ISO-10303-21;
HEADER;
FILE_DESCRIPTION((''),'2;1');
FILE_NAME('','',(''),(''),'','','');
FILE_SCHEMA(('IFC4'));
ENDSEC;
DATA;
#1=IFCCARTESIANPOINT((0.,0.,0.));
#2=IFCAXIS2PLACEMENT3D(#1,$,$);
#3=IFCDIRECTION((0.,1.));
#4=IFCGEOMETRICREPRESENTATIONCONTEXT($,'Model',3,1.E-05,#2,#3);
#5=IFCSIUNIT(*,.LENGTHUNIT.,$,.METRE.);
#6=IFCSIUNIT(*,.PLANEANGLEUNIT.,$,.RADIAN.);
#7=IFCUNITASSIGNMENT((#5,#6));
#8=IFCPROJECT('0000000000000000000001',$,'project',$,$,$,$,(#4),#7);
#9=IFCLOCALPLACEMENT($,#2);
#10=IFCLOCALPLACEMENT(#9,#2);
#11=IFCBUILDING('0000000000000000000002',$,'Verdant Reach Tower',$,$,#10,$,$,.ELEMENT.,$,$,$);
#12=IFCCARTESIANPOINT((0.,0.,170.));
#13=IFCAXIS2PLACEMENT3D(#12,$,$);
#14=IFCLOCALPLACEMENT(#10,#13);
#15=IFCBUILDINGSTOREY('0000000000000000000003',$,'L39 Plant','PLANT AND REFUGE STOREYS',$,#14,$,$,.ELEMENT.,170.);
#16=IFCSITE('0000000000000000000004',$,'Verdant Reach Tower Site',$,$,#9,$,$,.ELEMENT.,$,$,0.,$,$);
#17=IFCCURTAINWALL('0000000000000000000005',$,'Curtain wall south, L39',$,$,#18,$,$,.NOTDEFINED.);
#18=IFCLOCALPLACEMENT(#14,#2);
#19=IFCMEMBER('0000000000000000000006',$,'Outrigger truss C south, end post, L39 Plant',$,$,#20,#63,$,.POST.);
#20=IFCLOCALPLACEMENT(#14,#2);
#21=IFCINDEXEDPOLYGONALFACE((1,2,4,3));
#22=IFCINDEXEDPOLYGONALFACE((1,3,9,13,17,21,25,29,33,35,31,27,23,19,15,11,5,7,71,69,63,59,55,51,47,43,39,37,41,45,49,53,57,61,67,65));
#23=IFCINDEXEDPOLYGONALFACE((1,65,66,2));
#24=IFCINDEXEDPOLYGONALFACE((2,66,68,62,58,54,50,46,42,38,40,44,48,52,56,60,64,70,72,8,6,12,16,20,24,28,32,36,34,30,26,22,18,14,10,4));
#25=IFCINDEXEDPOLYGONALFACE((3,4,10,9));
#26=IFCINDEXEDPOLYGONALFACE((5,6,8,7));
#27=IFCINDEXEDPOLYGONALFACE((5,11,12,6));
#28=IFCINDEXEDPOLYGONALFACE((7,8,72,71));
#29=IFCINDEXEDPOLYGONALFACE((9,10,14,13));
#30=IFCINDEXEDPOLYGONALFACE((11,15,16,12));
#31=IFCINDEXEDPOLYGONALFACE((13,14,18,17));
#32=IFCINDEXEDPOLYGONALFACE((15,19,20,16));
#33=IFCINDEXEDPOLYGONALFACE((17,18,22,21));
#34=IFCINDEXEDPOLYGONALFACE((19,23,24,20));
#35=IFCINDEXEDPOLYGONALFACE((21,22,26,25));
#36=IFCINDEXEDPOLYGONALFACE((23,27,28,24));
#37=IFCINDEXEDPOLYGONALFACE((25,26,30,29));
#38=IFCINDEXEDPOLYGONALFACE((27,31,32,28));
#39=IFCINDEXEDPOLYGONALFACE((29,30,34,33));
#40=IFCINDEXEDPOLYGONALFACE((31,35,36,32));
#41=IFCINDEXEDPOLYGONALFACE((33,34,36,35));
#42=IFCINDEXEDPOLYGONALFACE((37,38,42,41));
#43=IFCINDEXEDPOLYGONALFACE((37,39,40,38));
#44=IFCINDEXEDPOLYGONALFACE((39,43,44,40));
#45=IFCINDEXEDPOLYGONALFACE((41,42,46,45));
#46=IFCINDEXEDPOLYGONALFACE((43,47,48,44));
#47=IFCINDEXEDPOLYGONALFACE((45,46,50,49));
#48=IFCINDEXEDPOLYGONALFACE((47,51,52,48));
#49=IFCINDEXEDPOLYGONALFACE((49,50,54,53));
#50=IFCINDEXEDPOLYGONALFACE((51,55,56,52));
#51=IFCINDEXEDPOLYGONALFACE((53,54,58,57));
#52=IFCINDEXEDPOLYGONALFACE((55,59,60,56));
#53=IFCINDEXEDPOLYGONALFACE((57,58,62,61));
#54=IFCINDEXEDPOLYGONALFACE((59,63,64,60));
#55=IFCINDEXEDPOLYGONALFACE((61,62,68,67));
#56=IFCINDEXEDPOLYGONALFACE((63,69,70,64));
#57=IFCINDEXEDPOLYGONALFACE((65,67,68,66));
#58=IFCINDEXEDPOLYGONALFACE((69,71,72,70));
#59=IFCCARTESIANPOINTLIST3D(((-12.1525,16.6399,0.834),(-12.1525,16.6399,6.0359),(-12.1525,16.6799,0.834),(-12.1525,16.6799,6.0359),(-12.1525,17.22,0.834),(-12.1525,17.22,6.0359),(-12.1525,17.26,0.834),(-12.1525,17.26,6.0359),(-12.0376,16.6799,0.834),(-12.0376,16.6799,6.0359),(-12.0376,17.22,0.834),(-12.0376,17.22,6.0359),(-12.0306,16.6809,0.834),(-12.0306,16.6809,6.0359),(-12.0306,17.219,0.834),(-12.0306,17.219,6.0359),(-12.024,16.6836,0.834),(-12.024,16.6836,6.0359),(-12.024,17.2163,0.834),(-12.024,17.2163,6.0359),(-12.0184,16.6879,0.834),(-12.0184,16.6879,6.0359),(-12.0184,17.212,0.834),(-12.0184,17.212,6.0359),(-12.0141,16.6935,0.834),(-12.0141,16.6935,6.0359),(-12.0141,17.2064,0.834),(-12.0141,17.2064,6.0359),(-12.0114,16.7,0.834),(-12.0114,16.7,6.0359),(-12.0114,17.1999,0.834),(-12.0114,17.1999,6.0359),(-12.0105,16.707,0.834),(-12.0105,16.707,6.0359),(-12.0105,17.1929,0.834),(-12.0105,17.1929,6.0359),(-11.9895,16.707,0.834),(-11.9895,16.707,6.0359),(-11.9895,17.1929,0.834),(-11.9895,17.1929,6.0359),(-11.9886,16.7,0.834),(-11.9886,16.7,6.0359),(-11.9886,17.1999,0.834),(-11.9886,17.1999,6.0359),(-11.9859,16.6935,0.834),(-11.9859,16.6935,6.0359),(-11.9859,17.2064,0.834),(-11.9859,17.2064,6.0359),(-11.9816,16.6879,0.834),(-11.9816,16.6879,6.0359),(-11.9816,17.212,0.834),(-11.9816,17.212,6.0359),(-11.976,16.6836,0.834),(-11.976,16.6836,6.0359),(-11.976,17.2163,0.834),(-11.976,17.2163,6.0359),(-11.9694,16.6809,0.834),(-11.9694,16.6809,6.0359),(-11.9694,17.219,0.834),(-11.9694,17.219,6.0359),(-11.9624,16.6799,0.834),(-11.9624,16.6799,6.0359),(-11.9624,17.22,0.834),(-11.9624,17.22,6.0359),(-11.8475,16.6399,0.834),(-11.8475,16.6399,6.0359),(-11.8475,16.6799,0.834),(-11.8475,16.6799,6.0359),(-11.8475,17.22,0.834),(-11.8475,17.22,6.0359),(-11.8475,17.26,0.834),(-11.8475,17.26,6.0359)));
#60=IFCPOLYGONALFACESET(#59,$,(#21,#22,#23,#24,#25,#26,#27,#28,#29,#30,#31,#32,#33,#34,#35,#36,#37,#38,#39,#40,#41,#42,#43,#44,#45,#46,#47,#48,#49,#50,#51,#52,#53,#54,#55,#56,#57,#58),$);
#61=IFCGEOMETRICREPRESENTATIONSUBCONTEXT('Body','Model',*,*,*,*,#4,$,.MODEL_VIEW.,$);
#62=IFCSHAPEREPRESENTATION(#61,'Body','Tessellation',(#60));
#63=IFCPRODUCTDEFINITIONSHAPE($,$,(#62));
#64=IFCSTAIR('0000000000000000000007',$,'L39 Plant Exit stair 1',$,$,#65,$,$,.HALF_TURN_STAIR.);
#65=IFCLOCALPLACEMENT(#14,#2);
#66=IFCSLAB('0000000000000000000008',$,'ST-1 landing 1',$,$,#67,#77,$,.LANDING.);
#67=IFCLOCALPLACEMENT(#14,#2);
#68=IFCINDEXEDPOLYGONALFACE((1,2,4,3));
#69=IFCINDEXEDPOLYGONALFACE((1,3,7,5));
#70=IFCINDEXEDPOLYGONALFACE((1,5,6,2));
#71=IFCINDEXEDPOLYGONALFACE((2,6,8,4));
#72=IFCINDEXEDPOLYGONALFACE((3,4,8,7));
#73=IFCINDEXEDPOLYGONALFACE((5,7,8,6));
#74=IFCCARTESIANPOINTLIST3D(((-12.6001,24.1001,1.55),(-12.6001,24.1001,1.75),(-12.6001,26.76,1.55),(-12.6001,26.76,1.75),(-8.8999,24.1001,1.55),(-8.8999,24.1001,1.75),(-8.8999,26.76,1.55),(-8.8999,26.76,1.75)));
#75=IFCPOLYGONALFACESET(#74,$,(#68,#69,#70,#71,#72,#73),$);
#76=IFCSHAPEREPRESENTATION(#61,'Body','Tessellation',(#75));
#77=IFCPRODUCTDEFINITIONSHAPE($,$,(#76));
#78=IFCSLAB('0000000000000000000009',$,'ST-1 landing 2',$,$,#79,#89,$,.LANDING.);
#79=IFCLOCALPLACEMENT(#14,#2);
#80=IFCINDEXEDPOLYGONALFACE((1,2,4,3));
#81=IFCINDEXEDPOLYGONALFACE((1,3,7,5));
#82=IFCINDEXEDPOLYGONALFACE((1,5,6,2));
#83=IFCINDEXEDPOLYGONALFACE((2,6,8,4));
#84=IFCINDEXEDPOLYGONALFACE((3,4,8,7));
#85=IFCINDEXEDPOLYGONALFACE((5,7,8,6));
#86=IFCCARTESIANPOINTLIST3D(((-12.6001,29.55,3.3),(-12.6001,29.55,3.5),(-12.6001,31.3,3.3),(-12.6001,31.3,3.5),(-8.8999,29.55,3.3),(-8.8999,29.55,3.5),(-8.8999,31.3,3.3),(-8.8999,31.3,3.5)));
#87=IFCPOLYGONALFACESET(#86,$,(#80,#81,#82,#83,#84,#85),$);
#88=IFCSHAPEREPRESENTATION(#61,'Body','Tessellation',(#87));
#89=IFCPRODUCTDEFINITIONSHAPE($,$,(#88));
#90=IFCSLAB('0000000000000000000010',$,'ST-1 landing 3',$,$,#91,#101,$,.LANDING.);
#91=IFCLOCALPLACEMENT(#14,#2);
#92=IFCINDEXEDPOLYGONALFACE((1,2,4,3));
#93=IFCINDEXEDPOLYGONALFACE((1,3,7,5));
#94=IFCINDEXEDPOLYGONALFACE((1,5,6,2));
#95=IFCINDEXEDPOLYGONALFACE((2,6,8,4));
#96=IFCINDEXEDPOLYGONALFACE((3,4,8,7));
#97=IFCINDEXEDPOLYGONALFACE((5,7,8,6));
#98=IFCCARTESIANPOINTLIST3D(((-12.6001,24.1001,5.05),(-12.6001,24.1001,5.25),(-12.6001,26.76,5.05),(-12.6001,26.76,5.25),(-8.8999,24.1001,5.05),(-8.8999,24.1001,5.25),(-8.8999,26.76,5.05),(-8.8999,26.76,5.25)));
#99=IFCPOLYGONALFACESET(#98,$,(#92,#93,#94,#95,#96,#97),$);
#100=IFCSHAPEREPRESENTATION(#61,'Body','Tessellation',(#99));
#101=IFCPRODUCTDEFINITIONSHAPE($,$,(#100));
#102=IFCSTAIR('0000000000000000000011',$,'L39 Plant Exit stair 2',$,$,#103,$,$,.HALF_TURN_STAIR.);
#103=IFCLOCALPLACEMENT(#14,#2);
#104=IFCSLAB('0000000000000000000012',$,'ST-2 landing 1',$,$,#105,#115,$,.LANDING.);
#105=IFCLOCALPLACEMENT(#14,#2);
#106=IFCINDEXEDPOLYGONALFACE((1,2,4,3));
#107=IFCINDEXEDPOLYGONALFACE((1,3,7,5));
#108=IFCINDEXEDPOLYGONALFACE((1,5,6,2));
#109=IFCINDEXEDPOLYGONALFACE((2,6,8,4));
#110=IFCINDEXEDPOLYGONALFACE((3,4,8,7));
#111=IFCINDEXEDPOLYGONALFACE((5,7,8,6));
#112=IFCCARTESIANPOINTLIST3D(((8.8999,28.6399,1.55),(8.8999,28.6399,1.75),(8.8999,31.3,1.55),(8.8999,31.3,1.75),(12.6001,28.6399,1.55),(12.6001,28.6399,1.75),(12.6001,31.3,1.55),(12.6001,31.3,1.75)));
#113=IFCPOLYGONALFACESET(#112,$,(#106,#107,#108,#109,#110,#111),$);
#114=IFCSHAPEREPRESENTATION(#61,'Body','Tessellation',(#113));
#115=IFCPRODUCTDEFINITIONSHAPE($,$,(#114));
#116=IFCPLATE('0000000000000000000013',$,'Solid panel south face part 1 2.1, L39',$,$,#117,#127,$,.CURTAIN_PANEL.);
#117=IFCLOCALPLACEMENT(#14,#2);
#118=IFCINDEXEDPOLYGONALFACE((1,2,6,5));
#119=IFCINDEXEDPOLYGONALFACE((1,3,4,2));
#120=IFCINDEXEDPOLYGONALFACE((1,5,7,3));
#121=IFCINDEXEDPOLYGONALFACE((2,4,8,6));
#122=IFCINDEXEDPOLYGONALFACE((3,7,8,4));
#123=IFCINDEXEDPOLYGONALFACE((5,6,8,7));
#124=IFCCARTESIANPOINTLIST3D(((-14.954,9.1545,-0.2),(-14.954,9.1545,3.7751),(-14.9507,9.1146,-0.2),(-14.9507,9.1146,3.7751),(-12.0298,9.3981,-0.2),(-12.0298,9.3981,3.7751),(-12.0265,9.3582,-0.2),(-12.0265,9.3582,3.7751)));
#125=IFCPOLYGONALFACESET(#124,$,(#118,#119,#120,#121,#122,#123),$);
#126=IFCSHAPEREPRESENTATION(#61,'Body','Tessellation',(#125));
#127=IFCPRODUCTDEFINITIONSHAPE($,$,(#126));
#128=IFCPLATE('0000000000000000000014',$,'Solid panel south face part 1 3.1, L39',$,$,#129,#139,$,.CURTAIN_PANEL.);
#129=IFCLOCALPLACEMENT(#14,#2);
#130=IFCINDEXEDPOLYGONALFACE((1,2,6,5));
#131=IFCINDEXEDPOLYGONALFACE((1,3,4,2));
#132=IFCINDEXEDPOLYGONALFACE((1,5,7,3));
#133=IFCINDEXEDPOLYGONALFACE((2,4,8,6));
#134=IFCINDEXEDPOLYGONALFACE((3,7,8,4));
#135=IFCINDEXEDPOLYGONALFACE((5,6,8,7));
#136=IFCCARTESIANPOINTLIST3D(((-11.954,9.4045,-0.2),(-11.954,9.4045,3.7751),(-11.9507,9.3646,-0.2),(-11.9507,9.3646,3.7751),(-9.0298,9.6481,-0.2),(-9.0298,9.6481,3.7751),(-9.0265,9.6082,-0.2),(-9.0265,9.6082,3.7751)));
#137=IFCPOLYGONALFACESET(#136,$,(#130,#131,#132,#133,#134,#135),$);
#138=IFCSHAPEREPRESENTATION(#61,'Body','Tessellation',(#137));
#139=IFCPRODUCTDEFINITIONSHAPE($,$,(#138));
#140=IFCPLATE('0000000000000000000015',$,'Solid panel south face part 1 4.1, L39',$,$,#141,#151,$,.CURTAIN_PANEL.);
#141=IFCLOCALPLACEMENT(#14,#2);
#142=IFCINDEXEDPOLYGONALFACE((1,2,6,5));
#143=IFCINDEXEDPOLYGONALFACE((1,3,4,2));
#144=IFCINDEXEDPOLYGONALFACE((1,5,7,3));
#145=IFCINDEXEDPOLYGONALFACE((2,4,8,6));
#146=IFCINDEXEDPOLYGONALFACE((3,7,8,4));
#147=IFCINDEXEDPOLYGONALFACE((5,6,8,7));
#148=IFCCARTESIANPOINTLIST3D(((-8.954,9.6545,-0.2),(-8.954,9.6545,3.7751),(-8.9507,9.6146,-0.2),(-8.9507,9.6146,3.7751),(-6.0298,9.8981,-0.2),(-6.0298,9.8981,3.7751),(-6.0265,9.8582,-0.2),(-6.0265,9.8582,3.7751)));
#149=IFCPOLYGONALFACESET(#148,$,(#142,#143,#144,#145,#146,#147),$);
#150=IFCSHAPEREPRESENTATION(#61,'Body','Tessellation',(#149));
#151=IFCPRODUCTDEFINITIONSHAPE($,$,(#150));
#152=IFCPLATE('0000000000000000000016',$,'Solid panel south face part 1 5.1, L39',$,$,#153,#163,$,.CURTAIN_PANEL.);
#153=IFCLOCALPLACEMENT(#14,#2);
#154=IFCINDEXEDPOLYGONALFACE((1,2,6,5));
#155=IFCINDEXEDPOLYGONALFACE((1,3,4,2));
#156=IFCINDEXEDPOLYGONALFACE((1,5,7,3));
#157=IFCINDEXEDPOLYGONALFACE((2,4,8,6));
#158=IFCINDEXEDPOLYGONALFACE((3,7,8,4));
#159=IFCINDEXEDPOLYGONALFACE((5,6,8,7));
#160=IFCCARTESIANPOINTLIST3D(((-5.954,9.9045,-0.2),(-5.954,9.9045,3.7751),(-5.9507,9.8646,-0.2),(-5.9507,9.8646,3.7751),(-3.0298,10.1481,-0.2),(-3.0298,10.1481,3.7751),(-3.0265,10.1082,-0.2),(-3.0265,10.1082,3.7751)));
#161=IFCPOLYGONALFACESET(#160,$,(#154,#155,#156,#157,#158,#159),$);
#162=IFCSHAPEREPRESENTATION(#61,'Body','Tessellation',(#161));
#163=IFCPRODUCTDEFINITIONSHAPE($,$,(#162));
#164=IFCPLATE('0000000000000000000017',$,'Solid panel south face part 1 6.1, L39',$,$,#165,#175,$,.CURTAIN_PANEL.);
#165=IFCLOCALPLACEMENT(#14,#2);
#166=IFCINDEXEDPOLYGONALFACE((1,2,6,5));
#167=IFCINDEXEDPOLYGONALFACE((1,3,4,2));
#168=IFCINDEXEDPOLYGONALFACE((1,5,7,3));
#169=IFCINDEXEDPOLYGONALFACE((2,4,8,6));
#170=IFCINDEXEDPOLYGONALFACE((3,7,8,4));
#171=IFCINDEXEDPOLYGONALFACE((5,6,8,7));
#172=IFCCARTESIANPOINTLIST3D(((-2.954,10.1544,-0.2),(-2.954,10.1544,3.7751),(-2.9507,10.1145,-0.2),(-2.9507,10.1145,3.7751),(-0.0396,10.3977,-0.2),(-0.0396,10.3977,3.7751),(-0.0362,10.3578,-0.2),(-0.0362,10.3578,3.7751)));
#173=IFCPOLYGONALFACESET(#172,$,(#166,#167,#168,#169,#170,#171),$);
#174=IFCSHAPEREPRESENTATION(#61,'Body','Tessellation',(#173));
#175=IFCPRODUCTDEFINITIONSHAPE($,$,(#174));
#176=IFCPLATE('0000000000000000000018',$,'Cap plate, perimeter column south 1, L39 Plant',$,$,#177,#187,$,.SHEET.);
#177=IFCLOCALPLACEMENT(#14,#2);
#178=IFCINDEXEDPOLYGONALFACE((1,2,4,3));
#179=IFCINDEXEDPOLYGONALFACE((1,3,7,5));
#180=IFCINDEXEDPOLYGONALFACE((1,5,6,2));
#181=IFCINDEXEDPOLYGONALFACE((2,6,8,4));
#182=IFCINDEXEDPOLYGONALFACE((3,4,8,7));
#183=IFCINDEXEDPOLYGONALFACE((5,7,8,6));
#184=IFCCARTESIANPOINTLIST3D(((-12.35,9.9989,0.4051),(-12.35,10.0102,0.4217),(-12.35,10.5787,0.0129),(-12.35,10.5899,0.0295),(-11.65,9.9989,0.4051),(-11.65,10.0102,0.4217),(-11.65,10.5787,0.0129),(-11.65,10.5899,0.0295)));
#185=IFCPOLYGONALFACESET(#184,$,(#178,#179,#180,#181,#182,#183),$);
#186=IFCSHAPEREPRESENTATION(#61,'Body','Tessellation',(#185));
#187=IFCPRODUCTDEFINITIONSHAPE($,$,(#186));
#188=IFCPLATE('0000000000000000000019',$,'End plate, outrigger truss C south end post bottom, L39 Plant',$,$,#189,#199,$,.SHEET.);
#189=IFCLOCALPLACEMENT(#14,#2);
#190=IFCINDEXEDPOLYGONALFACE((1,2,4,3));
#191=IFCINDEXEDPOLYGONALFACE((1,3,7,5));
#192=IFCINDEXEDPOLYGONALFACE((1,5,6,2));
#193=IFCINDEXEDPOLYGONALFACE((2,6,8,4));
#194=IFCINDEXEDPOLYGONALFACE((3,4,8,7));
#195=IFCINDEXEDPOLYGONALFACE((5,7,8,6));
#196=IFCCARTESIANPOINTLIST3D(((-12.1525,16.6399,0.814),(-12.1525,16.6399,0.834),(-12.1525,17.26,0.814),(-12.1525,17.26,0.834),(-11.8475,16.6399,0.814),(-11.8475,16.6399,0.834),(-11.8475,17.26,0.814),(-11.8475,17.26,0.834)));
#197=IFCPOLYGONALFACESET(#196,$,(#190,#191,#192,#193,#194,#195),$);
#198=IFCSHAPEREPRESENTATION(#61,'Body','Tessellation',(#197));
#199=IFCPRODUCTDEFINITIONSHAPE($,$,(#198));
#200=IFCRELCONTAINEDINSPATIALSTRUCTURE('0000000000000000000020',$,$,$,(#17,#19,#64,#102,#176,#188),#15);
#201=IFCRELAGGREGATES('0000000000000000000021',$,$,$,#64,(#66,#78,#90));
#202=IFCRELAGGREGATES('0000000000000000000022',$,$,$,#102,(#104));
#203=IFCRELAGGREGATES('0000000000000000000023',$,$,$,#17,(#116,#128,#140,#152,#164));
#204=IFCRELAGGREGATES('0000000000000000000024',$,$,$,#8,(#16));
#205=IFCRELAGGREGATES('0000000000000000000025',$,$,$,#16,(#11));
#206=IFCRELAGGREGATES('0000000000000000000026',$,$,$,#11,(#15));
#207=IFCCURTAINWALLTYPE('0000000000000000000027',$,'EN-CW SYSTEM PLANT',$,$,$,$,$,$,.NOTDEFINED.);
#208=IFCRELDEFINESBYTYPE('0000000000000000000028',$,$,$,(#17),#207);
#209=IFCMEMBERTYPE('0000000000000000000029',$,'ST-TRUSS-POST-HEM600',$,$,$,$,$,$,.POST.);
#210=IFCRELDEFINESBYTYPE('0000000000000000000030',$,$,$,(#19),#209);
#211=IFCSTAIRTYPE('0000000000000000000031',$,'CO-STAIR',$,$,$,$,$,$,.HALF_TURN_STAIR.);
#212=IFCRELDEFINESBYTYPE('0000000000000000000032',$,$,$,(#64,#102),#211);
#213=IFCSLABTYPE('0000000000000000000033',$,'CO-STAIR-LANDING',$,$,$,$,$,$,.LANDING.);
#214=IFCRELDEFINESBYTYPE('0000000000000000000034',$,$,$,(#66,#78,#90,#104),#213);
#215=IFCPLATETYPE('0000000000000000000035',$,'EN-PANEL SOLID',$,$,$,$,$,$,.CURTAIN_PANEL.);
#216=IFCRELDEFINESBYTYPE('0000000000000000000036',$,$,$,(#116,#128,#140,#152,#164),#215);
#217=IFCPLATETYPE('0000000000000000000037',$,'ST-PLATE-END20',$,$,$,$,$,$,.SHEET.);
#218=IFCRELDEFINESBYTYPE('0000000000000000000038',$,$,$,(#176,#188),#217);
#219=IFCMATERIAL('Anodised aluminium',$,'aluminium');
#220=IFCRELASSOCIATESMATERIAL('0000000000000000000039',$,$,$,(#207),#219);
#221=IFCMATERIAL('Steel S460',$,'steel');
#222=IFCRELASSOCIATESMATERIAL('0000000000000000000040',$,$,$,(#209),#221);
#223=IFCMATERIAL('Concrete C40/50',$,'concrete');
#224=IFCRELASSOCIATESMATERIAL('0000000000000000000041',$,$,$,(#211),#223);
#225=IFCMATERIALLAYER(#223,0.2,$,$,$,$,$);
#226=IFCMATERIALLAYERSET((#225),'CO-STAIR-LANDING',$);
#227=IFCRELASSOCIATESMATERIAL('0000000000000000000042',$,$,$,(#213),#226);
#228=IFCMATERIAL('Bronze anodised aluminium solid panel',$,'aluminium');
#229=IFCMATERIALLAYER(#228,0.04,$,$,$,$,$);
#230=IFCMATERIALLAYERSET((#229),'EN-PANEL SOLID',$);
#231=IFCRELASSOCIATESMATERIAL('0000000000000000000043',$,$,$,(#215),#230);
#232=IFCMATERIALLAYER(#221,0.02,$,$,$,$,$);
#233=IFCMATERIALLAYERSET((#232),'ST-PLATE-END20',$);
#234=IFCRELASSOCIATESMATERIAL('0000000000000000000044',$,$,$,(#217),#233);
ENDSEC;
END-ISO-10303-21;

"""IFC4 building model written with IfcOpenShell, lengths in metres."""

from ifc_helpers import new_model, si_unit, direction, frame, origin, origin_2d, place, context, subcontext, project, spatial, polyline, rectangle, i_section, outline, extrude, material, layer, layer_set, material_profile, profile_set, type_object, element, aggregate, save


model = new_model("IFC4")

# Units and contexts
model_context = context("Model", 3, precision=1e-05, world=origin(), true_north=direction((0.0, 1.0)))
body_context = subcontext(model_context, "Body", "Model", "MODEL_VIEW")
ifc_project = project(units=[si_unit("LENGTHUNIT", "METRE"), si_unit("PLANEANGLEUNIT", "RADIAN")], contexts=[model_context])

# Site, building, storey
site_placement = place(None, origin())
site = spatial("IfcSite", under=ifc_project, at=site_placement, Name="Verdant Reach Tower Site", CompositionType="ELEMENT", RefElevation=0.0)
building_placement = place(site_placement, origin())
building = spatial("IfcBuilding", under=site, at=building_placement, Name="Verdant Reach Tower", CompositionType="ELEMENT")
storey_placement = place(building_placement, frame((0.0, 0.0, 170.0)))
storey = spatial("IfcBuildingStorey", under=building, at=storey_placement, Name="L39 Plant", Description="PLANT AND REFUGE STOREYS", CompositionType="ELEMENT", Elevation=170.0)

# Shared definitions
ifc_material_1 = material(Name="Steel S460", Category="steel")

# Curtain wall
ifc_material_2 = material(Name="Anodised aluminium", Category="aluminium")
curtain_wall_type = type_object("IfcCurtainWallType", Name="EN-CW SYSTEM PLANT", PredefinedType="NOTDEFINED", material=ifc_material_2)
curtain_wall_placement = place(storey_placement, origin())
curtain_wall = element("IfcCurtainWall", 1, at=curtain_wall_placement, inside=storey, type_object=curtain_wall_type, Name="Curtain wall south, L39", PredefinedType="NOTDEFINED")

# Member
ifc_material_profile_1 = material_profile(ifc_material_1, i_section(OverallWidth=0.3049, OverallDepth=0.6201, WebThickness=0.021, FlangeThickness=0.04, FilletRadius=0.0271, at=origin_2d()), Name="HEM 600")
ifc_profile_set_1 = profile_set([ifc_material_profile_1], Name="Steel S460")
member_type_1 = type_object("IfcMemberType", Name="ST-TRUSS-POST-HEM600", PredefinedType="POST", material=ifc_profile_set_1)
member_1_placement = place(storey_placement, frame((-12.0, 16.95, 0.834), z_axis=(0.0, 0.0, 1.0), x_axis=(1.0, 0.0, 0.0)))
element("IfcMember", 2, at=member_1_placement, inside=storey, type_object=member_type_1, Name="Outrigger truss C south, end post, L39 Plant", PredefinedType="POST", context=body_context, shape_type="SweptSolid", body=[
    extrude(i_section(OverallWidth=0.3049, OverallDepth=0.6201, WebThickness=0.021, FlangeThickness=0.04, FilletRadius=0.0271, at=origin_2d()), origin(), (0.0, 0.0, 1.0), 5.2019),
])

# Stair, slabs
ifc_material_3 = material(Name="Concrete C40/50", Category="concrete")
stair_type = type_object("IfcStairType", Name="CO-STAIR", PredefinedType="HALF_TURN_STAIR", material=ifc_material_3)
stair_1_placement = place(storey_placement, origin())
stair_1 = element("IfcStair", 3, at=stair_1_placement, inside=storey, type_object=stair_type, Name="L39 Plant Exit stair 1", PredefinedType="HALF_TURN_STAIR")
ifc_layer_1 = layer(ifc_material_3, 0.2)
ifc_layer_set_1 = layer_set([ifc_layer_1], Name="CO-STAIR-LANDING")
slab_type_1 = type_object("IfcSlabType", Name="CO-STAIR-LANDING", PredefinedType="LANDING", material=ifc_layer_set_1)
slab_1_placement = place(storey_placement, frame((0.0, 0.0, 1.55)))
slab_1 = element("IfcSlab", 4, at=slab_1_placement, type_object=slab_type_1, Name="ST-1 landing 1", PredefinedType="LANDING", context=body_context, shape_type="SweptSolid", body=[
    extrude(outline(polyline([(-12.6001, 26.76), (-12.6001, 24.1001), (-8.8999, 24.1001), (-8.8999, 26.76), (-12.6001, 26.76)])), origin(), (0.0, 0.0, 1.0), 0.2),
])
slab_2_placement = place(storey_placement, frame((0.0, 0.0, 3.3)))
slab_2 = element("IfcSlab", 5, at=slab_2_placement, type_object=slab_type_1, Name="ST-1 landing 2", PredefinedType="LANDING", context=body_context, shape_type="SweptSolid", body=[
    extrude(outline(polyline([(-12.6001, 31.3), (-12.6001, 29.55), (-8.8999, 29.55), (-8.8999, 31.3), (-12.6001, 31.3)])), origin(), (0.0, 0.0, 1.0), 0.2),
])
slab_3_placement = place(storey_placement, frame((0.0, 0.0, 5.05)))
slab_3 = element("IfcSlab", 6, at=slab_3_placement, type_object=slab_type_1, Name="ST-1 landing 3", PredefinedType="LANDING", context=body_context, shape_type="SweptSolid", body=[
    extrude(outline(polyline([(-12.6001, 26.76), (-12.6001, 24.1001), (-8.8999, 24.1001), (-8.8999, 26.76), (-12.6001, 26.76)])), origin(), (0.0, 0.0, 1.0), 0.2),
])
aggregate(stair_1, [slab_1, slab_2, slab_3])

# Stair, slab
stair_2_placement = place(storey_placement, origin())
stair_2 = element("IfcStair", 7, at=stair_2_placement, inside=storey, type_object=stair_type, Name="L39 Plant Exit stair 2", PredefinedType="HALF_TURN_STAIR")
slab_4_placement = place(storey_placement, frame((0.0, 0.0, 1.55)))
slab_4 = element("IfcSlab", 8, at=slab_4_placement, type_object=slab_type_1, Name="ST-2 landing 1", PredefinedType="LANDING", context=body_context, shape_type="SweptSolid", body=[
    extrude(outline(polyline([(12.6001, 28.6399), (12.6001, 31.3), (8.8999, 31.3), (8.8999, 28.6399), (12.6001, 28.6399)])), origin(), (0.0, 0.0, 1.0), 0.2),
])
aggregate(stair_2, [slab_4])

# Plates
ifc_material_4 = material(Name="Bronze anodised aluminium solid panel", Category="aluminium")
ifc_layer_2 = layer(ifc_material_4, 0.04)
ifc_layer_set_2 = layer_set([ifc_layer_2], Name="EN-PANEL SOLID")
plate_type_1 = type_object("IfcPlateType", Name="EN-PANEL SOLID", PredefinedType="CURTAIN_PANEL", material=ifc_layer_set_2)
plate_1_placement = place(storey_placement, frame((-13.4902, 9.2563, -0.2), z_axis=(0.0, 0.0, 1.0), x_axis=(0.996546, 0.083045, 0.0)))
plate_1 = element("IfcPlate", 9, at=plate_1_placement, type_object=plate_type_1, Name="Solid panel south face part 1 2.1, L39", PredefinedType="CURTAIN_PANEL", context=body_context, shape_type="SweptSolid", body=[
    extrude(rectangle(XDim=2.9343, YDim=0.04, at=origin_2d()), origin(), (0.0, 0.0, 1.0), 3.9751),
])
plate_2_placement = place(storey_placement, frame((-10.4902, 9.5063, -0.2), z_axis=(0.0, 0.0, 1.0), x_axis=(0.996546, 0.083045, 0.0)))
plate_2 = element("IfcPlate", 10, at=plate_2_placement, type_object=plate_type_1, Name="Solid panel south face part 1 3.1, L39", PredefinedType="CURTAIN_PANEL", context=body_context, shape_type="SweptSolid", body=[
    extrude(rectangle(XDim=2.9343, YDim=0.04, at=origin_2d()), origin(), (0.0, 0.0, 1.0), 3.9751),
])
plate_3_placement = place(storey_placement, frame((-7.4902, 9.7563, -0.2), z_axis=(0.0, 0.0, 1.0), x_axis=(0.996546, 0.083045, 0.0)))
plate_3 = element("IfcPlate", 11, at=plate_3_placement, type_object=plate_type_1, Name="Solid panel south face part 1 4.1, L39", PredefinedType="CURTAIN_PANEL", context=body_context, shape_type="SweptSolid", body=[
    extrude(rectangle(XDim=2.9343, YDim=0.04, at=origin_2d()), origin(), (0.0, 0.0, 1.0), 3.9751),
])
plate_4_placement = place(storey_placement, frame((-4.4902, 10.0063, -0.2), z_axis=(0.0, 0.0, 1.0), x_axis=(0.996546, 0.083045, 0.0)))
plate_4 = element("IfcPlate", 12, at=plate_4_placement, type_object=plate_type_1, Name="Solid panel south face part 1 5.1, L39", PredefinedType="CURTAIN_PANEL", context=body_context, shape_type="SweptSolid", body=[
    extrude(rectangle(XDim=2.9343, YDim=0.04, at=origin_2d()), origin(), (0.0, 0.0, 1.0), 3.9751),
])
plate_5_placement = place(storey_placement, frame((-1.4951, 10.2561, -0.2), z_axis=(0.0, 0.0, 1.0), x_axis=(0.996534, 0.083182, 0.0)))
plate_5 = element("IfcPlate", 13, at=plate_5_placement, type_object=plate_type_1, Name="Solid panel south face part 1 6.1, L39", PredefinedType="CURTAIN_PANEL", context=body_context, shape_type="SweptSolid", body=[
    extrude(rectangle(XDim=2.9246, YDim=0.04, at=origin_2d()), origin(), (0.0, 0.0, 1.0), 3.9751),
])

# Plates
ifc_layer_3 = layer(ifc_material_1, 0.02)
ifc_layer_set_3 = layer_set([ifc_layer_3], Name="ST-PLATE-END20")
plate_type_2 = type_object("IfcPlateType", Name="ST-PLATE-END20", PredefinedType="SHEET", material=ifc_layer_set_3)
plate_6_placement = place(storey_placement, frame((-12.0, 10.2888, 0.209), z_axis=(0.0, 0.560309, 0.828283), x_axis=(-1.0, 0.0, 0.0)))
element("IfcPlate", 14, at=plate_6_placement, inside=storey, type_object=plate_type_2, Name="Cap plate, perimeter column south 1, L39 Plant", PredefinedType="SHEET", context=body_context, shape_type="SweptSolid", body=[
    extrude(rectangle(XDim=0.7, YDim=0.7, at=origin_2d()), origin(), (0.0, 0.0, 1.0), 0.02),
])
for number, where, z_axis, x_axis, name in (
    (15, (-12.0, 16.95, 0.814), (0.0, 0.0, 1.0), (1.0, 0.0, 0.0), "End plate, outrigger truss C south end post bottom, L39 Plant"),
):
    element("IfcPlate", number, at=place(storey_placement, frame(where, z_axis=z_axis, x_axis=x_axis)), inside=storey, type_object=plate_type_2, Name=name, PredefinedType="SHEET", context=body_context, shape_type="SweptSolid", body=[
        extrude(rectangle(XDim=0.3049, YDim=0.6201, at=origin_2d()), origin(), (0.0, 0.0, 1.0), 0.02),
    ])

aggregate(curtain_wall, [plate_1, plate_2, plate_3, plate_4, plate_5])

save(model, "model.ifc")
